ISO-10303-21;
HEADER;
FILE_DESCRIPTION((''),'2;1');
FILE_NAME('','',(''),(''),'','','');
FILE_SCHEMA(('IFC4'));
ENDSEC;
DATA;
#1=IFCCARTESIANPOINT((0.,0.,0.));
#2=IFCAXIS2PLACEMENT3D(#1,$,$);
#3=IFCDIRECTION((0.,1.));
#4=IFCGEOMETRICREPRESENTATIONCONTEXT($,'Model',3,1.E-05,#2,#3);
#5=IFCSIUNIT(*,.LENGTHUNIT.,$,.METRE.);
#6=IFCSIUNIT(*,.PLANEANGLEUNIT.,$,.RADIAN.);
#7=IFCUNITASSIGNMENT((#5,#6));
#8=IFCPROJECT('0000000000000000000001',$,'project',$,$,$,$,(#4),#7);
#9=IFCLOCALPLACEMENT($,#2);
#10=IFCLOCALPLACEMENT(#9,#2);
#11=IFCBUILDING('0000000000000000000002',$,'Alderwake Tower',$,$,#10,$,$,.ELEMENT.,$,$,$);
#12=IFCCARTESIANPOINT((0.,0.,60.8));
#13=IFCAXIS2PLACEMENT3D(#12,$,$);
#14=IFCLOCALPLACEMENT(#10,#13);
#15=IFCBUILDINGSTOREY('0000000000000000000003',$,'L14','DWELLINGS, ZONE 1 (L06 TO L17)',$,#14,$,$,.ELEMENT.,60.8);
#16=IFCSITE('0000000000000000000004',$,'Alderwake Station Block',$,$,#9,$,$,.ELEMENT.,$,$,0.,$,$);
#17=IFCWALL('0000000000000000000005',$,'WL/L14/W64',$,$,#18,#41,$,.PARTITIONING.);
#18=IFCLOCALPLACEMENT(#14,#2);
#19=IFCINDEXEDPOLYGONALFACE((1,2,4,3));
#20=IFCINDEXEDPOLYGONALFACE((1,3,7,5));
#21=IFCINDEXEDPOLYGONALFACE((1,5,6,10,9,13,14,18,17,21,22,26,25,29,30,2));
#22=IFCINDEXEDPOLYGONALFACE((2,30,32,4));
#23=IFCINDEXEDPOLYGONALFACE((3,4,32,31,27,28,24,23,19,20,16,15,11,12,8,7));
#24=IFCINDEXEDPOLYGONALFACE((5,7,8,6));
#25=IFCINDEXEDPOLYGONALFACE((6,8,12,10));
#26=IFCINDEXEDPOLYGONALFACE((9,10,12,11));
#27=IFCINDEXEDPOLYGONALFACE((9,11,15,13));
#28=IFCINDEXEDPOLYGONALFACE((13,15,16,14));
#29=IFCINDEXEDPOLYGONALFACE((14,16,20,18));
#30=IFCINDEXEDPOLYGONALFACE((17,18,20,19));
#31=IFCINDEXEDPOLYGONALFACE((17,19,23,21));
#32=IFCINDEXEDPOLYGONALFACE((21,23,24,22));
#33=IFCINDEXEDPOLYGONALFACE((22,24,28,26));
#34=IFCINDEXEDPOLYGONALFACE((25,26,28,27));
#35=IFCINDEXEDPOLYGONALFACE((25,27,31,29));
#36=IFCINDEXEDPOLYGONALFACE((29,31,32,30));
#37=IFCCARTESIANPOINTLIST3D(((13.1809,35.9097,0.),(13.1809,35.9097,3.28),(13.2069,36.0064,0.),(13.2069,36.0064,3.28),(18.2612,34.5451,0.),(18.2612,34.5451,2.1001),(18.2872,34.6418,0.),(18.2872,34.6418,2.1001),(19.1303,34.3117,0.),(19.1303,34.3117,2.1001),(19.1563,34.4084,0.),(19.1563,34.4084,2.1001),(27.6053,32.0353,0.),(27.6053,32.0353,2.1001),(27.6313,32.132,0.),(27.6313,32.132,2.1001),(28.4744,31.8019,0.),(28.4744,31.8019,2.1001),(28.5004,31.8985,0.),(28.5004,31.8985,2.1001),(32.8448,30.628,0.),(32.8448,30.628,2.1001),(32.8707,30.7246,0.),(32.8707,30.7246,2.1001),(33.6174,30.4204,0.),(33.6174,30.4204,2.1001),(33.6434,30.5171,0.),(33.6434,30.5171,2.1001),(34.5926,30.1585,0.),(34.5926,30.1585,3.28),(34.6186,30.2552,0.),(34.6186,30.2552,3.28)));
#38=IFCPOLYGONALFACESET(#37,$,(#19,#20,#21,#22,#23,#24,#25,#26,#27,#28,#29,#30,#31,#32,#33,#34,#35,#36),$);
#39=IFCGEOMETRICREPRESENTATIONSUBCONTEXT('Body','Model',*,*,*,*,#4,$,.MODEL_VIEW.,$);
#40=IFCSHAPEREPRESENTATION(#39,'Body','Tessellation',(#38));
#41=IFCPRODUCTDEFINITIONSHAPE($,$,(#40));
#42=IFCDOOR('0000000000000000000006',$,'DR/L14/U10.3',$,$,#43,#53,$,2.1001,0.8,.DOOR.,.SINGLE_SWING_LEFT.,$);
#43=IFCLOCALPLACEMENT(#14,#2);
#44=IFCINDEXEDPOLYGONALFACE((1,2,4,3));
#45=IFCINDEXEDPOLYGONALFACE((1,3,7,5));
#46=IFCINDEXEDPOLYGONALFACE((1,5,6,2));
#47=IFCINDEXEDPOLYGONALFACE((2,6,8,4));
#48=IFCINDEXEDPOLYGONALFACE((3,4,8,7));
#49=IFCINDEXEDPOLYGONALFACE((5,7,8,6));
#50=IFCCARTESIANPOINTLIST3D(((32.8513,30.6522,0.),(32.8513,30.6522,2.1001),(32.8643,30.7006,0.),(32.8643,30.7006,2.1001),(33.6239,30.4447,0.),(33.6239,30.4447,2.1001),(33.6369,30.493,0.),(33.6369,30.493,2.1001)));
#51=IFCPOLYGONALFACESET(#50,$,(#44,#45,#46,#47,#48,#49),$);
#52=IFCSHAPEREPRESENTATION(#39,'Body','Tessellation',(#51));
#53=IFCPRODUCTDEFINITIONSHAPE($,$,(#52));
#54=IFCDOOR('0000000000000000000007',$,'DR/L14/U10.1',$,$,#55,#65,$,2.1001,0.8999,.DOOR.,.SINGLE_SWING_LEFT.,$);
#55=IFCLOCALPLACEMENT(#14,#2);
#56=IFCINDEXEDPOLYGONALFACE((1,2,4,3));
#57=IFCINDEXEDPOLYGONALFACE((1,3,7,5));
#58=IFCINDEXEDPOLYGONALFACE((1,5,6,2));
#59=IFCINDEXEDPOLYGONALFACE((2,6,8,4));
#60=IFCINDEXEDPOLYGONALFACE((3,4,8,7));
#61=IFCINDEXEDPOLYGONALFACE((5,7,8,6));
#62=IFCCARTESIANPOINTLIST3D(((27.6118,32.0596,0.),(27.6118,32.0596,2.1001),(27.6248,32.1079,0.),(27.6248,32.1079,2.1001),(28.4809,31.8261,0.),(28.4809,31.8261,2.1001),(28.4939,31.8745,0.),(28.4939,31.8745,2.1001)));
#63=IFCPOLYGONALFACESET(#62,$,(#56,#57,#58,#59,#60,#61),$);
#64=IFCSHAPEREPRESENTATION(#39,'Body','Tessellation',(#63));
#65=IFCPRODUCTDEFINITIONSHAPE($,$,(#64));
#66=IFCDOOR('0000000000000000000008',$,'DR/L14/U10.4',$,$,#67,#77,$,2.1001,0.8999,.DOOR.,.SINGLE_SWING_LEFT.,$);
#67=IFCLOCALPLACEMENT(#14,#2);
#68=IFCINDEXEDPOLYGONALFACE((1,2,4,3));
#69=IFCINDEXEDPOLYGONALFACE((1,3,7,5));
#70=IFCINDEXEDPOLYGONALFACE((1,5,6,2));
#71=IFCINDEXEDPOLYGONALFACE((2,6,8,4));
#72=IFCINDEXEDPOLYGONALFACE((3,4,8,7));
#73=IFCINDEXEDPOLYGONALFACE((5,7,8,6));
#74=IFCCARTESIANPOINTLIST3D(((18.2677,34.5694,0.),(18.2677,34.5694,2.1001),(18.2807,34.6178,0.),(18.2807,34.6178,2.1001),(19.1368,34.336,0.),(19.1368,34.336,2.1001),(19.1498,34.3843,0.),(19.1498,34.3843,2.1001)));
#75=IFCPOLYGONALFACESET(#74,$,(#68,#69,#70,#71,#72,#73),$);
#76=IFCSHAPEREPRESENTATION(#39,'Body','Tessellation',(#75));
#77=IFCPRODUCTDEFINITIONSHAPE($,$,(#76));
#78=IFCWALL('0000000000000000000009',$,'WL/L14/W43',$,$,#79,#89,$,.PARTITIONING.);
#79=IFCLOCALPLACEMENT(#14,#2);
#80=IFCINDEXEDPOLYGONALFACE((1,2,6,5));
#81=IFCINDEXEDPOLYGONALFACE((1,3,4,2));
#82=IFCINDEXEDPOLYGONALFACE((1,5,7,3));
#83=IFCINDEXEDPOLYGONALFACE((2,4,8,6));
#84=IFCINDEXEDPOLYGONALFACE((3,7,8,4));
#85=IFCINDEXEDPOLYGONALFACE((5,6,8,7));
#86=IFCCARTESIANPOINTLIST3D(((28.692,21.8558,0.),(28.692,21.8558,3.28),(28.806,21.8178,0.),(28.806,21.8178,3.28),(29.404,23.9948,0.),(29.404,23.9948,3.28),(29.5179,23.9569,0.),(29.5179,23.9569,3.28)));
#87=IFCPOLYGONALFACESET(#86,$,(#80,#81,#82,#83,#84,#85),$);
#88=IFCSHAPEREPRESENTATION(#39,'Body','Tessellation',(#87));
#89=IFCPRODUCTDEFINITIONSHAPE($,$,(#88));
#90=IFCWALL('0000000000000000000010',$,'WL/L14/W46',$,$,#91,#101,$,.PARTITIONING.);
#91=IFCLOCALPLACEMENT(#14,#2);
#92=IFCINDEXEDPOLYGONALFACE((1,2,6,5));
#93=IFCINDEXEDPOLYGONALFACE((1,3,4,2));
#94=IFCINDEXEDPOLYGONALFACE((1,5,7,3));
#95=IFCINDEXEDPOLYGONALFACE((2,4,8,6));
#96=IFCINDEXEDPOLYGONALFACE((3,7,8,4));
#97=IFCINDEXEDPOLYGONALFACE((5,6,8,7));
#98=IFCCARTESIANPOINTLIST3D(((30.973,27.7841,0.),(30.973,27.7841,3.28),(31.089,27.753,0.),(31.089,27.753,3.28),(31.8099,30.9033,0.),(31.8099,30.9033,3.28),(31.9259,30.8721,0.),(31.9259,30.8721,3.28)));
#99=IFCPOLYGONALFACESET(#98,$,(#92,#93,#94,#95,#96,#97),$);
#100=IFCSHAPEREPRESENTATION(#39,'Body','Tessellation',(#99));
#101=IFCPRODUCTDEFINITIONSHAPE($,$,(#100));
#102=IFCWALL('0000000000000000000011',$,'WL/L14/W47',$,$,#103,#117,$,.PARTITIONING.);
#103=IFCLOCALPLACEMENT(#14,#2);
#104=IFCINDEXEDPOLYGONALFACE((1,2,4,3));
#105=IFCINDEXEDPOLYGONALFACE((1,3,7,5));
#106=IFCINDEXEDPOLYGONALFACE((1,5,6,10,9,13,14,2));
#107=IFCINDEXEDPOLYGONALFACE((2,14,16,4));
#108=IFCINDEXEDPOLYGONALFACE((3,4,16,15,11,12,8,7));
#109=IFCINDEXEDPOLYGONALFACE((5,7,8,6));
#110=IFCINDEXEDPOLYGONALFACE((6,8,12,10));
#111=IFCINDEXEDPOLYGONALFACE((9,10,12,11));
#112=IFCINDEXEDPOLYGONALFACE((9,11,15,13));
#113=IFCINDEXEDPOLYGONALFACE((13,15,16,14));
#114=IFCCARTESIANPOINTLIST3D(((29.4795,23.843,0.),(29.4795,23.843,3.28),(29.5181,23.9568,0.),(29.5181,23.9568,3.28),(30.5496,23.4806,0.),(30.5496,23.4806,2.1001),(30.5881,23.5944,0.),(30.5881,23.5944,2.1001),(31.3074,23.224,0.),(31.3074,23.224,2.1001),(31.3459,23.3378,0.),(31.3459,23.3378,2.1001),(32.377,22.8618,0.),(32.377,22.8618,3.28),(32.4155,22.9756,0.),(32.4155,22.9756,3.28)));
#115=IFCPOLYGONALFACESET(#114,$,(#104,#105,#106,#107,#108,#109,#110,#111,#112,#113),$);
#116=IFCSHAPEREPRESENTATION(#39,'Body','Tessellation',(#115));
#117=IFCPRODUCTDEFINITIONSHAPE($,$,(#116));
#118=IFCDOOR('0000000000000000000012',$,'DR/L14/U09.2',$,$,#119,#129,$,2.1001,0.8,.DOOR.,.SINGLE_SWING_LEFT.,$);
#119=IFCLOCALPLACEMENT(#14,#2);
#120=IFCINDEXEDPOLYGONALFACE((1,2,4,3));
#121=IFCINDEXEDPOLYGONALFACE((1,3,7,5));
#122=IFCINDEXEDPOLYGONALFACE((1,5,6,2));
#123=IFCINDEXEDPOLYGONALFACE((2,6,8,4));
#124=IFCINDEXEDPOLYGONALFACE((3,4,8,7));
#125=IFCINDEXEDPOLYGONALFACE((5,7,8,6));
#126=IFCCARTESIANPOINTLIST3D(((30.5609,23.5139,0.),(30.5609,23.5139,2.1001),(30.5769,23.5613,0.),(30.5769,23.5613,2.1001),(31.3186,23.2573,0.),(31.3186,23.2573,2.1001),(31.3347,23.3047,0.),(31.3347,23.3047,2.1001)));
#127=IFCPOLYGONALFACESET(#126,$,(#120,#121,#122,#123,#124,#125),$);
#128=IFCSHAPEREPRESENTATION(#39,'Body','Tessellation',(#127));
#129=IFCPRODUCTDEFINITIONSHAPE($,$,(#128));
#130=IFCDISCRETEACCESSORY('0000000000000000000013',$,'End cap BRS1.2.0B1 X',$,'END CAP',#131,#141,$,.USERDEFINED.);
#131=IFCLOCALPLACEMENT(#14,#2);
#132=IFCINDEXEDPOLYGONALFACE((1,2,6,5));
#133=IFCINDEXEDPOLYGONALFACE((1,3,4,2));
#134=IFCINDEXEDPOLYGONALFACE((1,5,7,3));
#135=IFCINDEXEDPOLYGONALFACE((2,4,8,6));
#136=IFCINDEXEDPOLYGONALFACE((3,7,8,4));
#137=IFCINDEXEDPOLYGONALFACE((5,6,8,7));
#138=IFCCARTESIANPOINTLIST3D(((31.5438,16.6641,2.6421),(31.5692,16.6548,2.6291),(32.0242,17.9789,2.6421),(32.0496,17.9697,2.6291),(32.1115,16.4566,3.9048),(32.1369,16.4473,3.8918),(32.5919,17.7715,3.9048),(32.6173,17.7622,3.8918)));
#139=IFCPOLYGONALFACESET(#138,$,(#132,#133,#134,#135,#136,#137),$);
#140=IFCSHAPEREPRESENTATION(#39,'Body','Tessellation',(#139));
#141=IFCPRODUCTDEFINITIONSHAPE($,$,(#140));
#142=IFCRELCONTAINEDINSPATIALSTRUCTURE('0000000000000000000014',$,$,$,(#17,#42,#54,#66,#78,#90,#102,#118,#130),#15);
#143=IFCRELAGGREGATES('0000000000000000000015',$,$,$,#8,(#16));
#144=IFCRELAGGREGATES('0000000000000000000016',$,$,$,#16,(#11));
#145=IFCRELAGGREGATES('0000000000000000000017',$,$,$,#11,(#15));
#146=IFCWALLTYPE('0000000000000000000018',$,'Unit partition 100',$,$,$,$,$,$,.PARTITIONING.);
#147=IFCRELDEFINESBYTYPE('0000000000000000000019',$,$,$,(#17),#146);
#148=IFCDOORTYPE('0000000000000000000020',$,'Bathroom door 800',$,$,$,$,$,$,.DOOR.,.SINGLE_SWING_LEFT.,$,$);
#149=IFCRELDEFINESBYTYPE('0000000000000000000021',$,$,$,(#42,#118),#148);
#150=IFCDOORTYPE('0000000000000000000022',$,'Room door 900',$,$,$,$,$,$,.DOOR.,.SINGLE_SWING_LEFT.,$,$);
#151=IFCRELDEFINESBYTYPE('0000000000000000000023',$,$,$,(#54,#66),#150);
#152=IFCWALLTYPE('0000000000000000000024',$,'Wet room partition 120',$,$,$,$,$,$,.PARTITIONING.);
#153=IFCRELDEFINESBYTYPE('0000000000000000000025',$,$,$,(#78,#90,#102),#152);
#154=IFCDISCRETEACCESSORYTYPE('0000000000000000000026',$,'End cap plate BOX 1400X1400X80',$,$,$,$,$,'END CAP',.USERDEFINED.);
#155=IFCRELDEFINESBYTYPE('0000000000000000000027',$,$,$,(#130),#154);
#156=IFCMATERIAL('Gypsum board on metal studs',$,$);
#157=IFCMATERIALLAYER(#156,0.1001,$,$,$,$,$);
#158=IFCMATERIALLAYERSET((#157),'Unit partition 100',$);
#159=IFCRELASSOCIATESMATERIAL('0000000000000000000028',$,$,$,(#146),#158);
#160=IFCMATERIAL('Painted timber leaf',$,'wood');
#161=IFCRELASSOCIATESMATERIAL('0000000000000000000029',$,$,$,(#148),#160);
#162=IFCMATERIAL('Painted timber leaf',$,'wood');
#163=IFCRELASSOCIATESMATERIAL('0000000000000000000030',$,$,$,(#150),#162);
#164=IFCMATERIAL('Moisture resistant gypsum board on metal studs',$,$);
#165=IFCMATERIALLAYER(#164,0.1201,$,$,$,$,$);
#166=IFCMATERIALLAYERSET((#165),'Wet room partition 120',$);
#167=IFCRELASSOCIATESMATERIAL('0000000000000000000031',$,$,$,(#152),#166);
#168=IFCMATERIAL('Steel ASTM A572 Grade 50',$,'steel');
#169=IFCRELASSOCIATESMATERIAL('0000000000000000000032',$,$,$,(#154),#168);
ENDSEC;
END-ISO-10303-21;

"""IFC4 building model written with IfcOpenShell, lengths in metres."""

from ifc_helpers import new_model, si_unit, direction, frame, frame_2d, origin, origin_2d, place, context, subcontext, project, spatial, rectangle, extrude, material, layer, layer_set, material_profile, profile_set, type_object, element, fill, save


model = new_model("IFC4")

# Units and contexts
model_context = context("Model", 3, precision=1e-05, world=origin(), true_north=direction((0.0, 1.0)))
body_context = subcontext(model_context, "Body", "Model", "MODEL_VIEW")
ifc_project = project(units=[si_unit("LENGTHUNIT", "METRE"), si_unit("PLANEANGLEUNIT", "RADIAN")], contexts=[model_context])

# Site, building, storey
site_placement = place(None, origin())
site = spatial("IfcSite", under=ifc_project, at=site_placement, Name="Alderwake Station Block", CompositionType="ELEMENT", RefElevation=0.0)
building_placement = place(site_placement, origin())
building = spatial("IfcBuilding", under=site, at=building_placement, Name="Alderwake Tower", CompositionType="ELEMENT")
storey_placement = place(building_placement, frame((0.0, 0.0, 60.8)))
storey = spatial("IfcBuildingStorey", under=building, at=storey_placement, Name="L14", Description="DWELLINGS, ZONE 1 (L06 TO L17)", CompositionType="ELEMENT", Elevation=60.8)

# Wall, openings, doors
ifc_material_1 = material(Name="Gypsum board on metal studs")
ifc_layer_1 = layer(ifc_material_1, 0.1001)
ifc_layer_set_1 = layer_set([ifc_layer_1], Name="Unit partition 100")
wall_type_1 = type_object("IfcWallType", Name="Unit partition 100", PredefinedType="PARTITIONING", material=ifc_layer_set_1)
wall_1_placement = place(storey_placement, frame((34.6057, 30.2068, 0.0), z_axis=(0.0, 0.0, 1.0), x_axis=(-0.965768, 0.259408, 0.0)))
wall_1 = element("IfcWall", 1, at=wall_1_placement, inside=storey, type_object=wall_type_1, Name="WL/L14/W64", PredefinedType="PARTITIONING", context=body_context, shape_type="SweptSolid", body=[
    extrude(rectangle(XDim=22.1707, YDim=0.1001, at=frame_2d((11.0854, 0.0))), origin(), (0.0, 0.0, 1.0), 3.28),
])
opening_1_placement = place(wall_1_placement, frame((6.3352, 0.0, 0.0)))
opening_1 = element("IfcOpeningElement", 2, at=opening_1_placement, cuts=wall_1, PredefinedType="OPENING", context=body_context, shape_type="SweptSolid", body=[
    extrude(rectangle(XDim=0.8999, YDim=2.1001, at=frame_2d((0.45, 1.05))), frame((0.0, 0.0601, 0.0), z_axis=(0.0, -1.0, 0.0), x_axis=(1.0, 0.0, 0.0)), (0.0, 0.0, 1.0), 0.1201),
])
opening_2_placement = place(wall_1_placement, frame((1.01, 0.0, 0.0)))
opening_2 = element("IfcOpeningElement", 3, at=opening_2_placement, cuts=wall_1, PredefinedType="OPENING", context=body_context, shape_type="SweptSolid", body=[
    extrude(rectangle(XDim=0.8, YDim=2.1001, at=frame_2d((0.3999, 1.05))), frame((0.0, 0.0601, 0.0), z_axis=(0.0, -1.0, 0.0), x_axis=(1.0, 0.0, 0.0)), (0.0, 0.0, 1.0), 0.1201),
])
opening_3_placement = place(wall_1_placement, frame((16.0105, 0.0, 0.0)))
opening_3 = element("IfcOpeningElement", 4, at=opening_3_placement, cuts=wall_1, PredefinedType="OPENING", context=body_context, shape_type="SweptSolid", body=[
    extrude(rectangle(XDim=0.8999, YDim=2.1001, at=frame_2d((0.45, 1.05))), frame((0.0, 0.0601, 0.0), z_axis=(0.0, -1.0, 0.0), x_axis=(1.0, 0.0, 0.0)), (0.0, 0.0, 1.0), 0.1201),
])
ifc_material_2 = material(Name="Painted timber leaf", Category="wood")
door_type_1 = type_object("IfcDoorType", Name="Bathroom door 800", OperationType="SINGLE_SWING_LEFT", PredefinedType="DOOR", material=ifc_material_2)
door_1_placement = place(opening_2_placement, origin())
door_1 = element("IfcDoor", 5, at=door_1_placement, inside=storey, type_object=door_type_1, Name="DR/L14/U10.3", OperationType="SINGLE_SWING_LEFT", OverallHeight=2.1001, OverallWidth=0.8, PredefinedType="DOOR", context=body_context, shape_type="SweptSolid", body=[
    extrude(rectangle(XDim=0.8, YDim=2.1001, at=frame_2d((0.3999, 1.05))), frame((0.0, 0.0249, 0.0), z_axis=(0.0, -1.0, 0.0), x_axis=(1.0, 0.0, 0.0)), (0.0, 0.0, 1.0), 0.05),
])
fill(opening_2, door_1)
ifc_material_3 = material(Name="Painted timber leaf", Category="wood")
door_type_2 = type_object("IfcDoorType", Name="Room door 900", OperationType="SINGLE_SWING_LEFT", PredefinedType="DOOR", material=ifc_material_3)
door_2_placement = place(opening_1_placement, origin())
door_2 = element("IfcDoor", 6, at=door_2_placement, inside=storey, type_object=door_type_2, Name="DR/L14/U10.1", OperationType="SINGLE_SWING_LEFT", OverallHeight=2.1001, OverallWidth=0.8999, PredefinedType="DOOR", context=body_context, shape_type="SweptSolid", body=[
    extrude(rectangle(XDim=0.8999, YDim=2.1001, at=frame_2d((0.45, 1.05))), frame((0.0, 0.0249, 0.0), z_axis=(0.0, -1.0, 0.0), x_axis=(1.0, 0.0, 0.0)), (0.0, 0.0, 1.0), 0.05),
])
fill(opening_1, door_2)
door_3_placement = place(opening_3_placement, origin())
door_3 = element("IfcDoor", 7, at=door_3_placement, inside=storey, type_object=door_type_2, Name="DR/L14/U10.4", OperationType="SINGLE_SWING_LEFT", OverallHeight=2.1001, OverallWidth=0.8999, PredefinedType="DOOR", context=body_context, shape_type="SweptSolid", body=[
    extrude(rectangle(XDim=0.8999, YDim=2.1001, at=frame_2d((0.45, 1.05))), frame((0.0, 0.0249, 0.0), z_axis=(0.0, -1.0, 0.0), x_axis=(1.0, 0.0, 0.0)), (0.0, 0.0, 1.0), 0.05),
])
fill(opening_3, door_3)

# Walls
ifc_material_4 = material(Name="Moisture resistant gypsum board on metal studs")
ifc_layer_2 = layer(ifc_material_4, 0.1201)
ifc_layer_set_2 = layer_set([ifc_layer_2], Name="Wet room partition 120")
wall_type_2 = type_object("IfcWallType", Name="Wet room partition 120", PredefinedType="PARTITIONING", material=ifc_layer_set_2)
wall_2_placement = place(storey_placement, frame((29.4609, 23.9758, 0.0), z_axis=(0.0, 0.0, 1.0), x_axis=(-0.315805, -0.948824, 0.0)))
element("IfcWall", 8, at=wall_2_placement, inside=storey, type_object=wall_type_2, Name="WL/L14/W43", PredefinedType="PARTITIONING", context=body_context, shape_type="SweptSolid", body=[
    extrude(rectangle(XDim=2.2544, YDim=0.1201, at=frame_2d((1.1272, 0.0))), origin(), (0.0, 0.0, 1.0), 3.28),
])
wall_3_placement = place(storey_placement, frame((31.8679, 30.8877, 0.0), z_axis=(0.0, 0.0, 1.0), x_axis=(-0.259149, -0.965837, 0.0)))
element("IfcWall", 9, at=wall_3_placement, inside=storey, type_object=wall_type_2, Name="WL/L14/W46", PredefinedType="PARTITIONING", context=body_context, shape_type="SweptSolid", body=[
    extrude(rectangle(XDim=3.2295, YDim=0.1201, at=frame_2d((1.6147, 0.0))), origin(), (0.0, 0.0, 1.0), 3.28),
])

# Wall, opening, door
wall_4_placement = place(storey_placement, frame((32.3962, 22.9187, 0.0), z_axis=(0.0, 0.0, 1.0), x_axis=(-0.947164, 0.320749, 0.0)))
wall_4 = element("IfcWall", 10, at=wall_4_placement, inside=storey, type_object=wall_type_2, Name="WL/L14/W47", PredefinedType="PARTITIONING", context=body_context, shape_type="SweptSolid", body=[
    extrude(rectangle(XDim=3.0591, YDim=0.1201, at=frame_2d((1.5295, 0.0))), origin(), (0.0, 0.0, 1.0), 3.28),
])
opening_4_placement = place(wall_4_placement, frame((1.1294, 0.0, 0.0)))
opening_4 = element("IfcOpeningElement", 11, at=opening_4_placement, cuts=wall_4, PredefinedType="OPENING", context=body_context, shape_type="SweptSolid", body=[
    extrude(rectangle(XDim=0.8, YDim=2.1001, at=frame_2d((0.3999, 1.05))), frame((0.0, 0.0701, 0.0), z_axis=(0.0, -1.0, 0.0), x_axis=(1.0, 0.0, 0.0)), (0.0, 0.0, 1.0), 0.1401),
])
door_4_placement = place(opening_4_placement, origin())
door_4 = element("IfcDoor", 12, at=door_4_placement, inside=storey, type_object=door_type_1, Name="DR/L14/U09.2", OperationType="SINGLE_SWING_LEFT", OverallHeight=2.1001, OverallWidth=0.8, PredefinedType="DOOR", context=body_context, shape_type="SweptSolid", body=[
    extrude(rectangle(XDim=0.8, YDim=2.1001, at=frame_2d((0.3999, 1.05))), frame((0.0, 0.0249, 0.0), z_axis=(0.0, -1.0, 0.0), x_axis=(1.0, 0.0, 0.0)), (0.0, 0.0, 1.0), 0.05),
])
fill(opening_4, door_4)

# Discrete accessory
ifc_material_5 = material(Name="Steel ASTM A572 Grade 50", Category="steel")
ifc_material_profile_1 = material_profile(ifc_material_5, rectangle(XDim=1.3999, YDim=1.3999, at=origin_2d()), Name="BOX 1400X1400X80 cap")
ifc_profile_set_1 = profile_set([ifc_material_profile_1], Name="Steel ASTM A572 Grade 50")
discrete_accessory_type = type_object("IfcDiscreteAccessoryType", Name="End cap plate BOX 1400X1400X80", ElementType="END CAP", PredefinedType="USERDEFINED", material=ifc_profile_set_1)
discrete_accessory_placement = place(storey_placement, frame((32.0933, 17.2085, 3.2605), z_axis=(-0.84721, 0.309558, 0.431751), x_axis=(-0.343193, -0.939265, 0.0)))
element("IfcDiscreteAccessory", 13, at=discrete_accessory_placement, inside=storey, type_object=discrete_accessory_type, Name="End cap BRS1.2.0B1 X", ObjectType="END CAP", PredefinedType="USERDEFINED", context=body_context, shape_type="SweptSolid", body=[
    extrude(rectangle(XDim=1.3999, YDim=1.3999, at=origin_2d()), origin(), (0.0, 0.0, 1.0), 0.03),
])

save(model, "model.ifc")
